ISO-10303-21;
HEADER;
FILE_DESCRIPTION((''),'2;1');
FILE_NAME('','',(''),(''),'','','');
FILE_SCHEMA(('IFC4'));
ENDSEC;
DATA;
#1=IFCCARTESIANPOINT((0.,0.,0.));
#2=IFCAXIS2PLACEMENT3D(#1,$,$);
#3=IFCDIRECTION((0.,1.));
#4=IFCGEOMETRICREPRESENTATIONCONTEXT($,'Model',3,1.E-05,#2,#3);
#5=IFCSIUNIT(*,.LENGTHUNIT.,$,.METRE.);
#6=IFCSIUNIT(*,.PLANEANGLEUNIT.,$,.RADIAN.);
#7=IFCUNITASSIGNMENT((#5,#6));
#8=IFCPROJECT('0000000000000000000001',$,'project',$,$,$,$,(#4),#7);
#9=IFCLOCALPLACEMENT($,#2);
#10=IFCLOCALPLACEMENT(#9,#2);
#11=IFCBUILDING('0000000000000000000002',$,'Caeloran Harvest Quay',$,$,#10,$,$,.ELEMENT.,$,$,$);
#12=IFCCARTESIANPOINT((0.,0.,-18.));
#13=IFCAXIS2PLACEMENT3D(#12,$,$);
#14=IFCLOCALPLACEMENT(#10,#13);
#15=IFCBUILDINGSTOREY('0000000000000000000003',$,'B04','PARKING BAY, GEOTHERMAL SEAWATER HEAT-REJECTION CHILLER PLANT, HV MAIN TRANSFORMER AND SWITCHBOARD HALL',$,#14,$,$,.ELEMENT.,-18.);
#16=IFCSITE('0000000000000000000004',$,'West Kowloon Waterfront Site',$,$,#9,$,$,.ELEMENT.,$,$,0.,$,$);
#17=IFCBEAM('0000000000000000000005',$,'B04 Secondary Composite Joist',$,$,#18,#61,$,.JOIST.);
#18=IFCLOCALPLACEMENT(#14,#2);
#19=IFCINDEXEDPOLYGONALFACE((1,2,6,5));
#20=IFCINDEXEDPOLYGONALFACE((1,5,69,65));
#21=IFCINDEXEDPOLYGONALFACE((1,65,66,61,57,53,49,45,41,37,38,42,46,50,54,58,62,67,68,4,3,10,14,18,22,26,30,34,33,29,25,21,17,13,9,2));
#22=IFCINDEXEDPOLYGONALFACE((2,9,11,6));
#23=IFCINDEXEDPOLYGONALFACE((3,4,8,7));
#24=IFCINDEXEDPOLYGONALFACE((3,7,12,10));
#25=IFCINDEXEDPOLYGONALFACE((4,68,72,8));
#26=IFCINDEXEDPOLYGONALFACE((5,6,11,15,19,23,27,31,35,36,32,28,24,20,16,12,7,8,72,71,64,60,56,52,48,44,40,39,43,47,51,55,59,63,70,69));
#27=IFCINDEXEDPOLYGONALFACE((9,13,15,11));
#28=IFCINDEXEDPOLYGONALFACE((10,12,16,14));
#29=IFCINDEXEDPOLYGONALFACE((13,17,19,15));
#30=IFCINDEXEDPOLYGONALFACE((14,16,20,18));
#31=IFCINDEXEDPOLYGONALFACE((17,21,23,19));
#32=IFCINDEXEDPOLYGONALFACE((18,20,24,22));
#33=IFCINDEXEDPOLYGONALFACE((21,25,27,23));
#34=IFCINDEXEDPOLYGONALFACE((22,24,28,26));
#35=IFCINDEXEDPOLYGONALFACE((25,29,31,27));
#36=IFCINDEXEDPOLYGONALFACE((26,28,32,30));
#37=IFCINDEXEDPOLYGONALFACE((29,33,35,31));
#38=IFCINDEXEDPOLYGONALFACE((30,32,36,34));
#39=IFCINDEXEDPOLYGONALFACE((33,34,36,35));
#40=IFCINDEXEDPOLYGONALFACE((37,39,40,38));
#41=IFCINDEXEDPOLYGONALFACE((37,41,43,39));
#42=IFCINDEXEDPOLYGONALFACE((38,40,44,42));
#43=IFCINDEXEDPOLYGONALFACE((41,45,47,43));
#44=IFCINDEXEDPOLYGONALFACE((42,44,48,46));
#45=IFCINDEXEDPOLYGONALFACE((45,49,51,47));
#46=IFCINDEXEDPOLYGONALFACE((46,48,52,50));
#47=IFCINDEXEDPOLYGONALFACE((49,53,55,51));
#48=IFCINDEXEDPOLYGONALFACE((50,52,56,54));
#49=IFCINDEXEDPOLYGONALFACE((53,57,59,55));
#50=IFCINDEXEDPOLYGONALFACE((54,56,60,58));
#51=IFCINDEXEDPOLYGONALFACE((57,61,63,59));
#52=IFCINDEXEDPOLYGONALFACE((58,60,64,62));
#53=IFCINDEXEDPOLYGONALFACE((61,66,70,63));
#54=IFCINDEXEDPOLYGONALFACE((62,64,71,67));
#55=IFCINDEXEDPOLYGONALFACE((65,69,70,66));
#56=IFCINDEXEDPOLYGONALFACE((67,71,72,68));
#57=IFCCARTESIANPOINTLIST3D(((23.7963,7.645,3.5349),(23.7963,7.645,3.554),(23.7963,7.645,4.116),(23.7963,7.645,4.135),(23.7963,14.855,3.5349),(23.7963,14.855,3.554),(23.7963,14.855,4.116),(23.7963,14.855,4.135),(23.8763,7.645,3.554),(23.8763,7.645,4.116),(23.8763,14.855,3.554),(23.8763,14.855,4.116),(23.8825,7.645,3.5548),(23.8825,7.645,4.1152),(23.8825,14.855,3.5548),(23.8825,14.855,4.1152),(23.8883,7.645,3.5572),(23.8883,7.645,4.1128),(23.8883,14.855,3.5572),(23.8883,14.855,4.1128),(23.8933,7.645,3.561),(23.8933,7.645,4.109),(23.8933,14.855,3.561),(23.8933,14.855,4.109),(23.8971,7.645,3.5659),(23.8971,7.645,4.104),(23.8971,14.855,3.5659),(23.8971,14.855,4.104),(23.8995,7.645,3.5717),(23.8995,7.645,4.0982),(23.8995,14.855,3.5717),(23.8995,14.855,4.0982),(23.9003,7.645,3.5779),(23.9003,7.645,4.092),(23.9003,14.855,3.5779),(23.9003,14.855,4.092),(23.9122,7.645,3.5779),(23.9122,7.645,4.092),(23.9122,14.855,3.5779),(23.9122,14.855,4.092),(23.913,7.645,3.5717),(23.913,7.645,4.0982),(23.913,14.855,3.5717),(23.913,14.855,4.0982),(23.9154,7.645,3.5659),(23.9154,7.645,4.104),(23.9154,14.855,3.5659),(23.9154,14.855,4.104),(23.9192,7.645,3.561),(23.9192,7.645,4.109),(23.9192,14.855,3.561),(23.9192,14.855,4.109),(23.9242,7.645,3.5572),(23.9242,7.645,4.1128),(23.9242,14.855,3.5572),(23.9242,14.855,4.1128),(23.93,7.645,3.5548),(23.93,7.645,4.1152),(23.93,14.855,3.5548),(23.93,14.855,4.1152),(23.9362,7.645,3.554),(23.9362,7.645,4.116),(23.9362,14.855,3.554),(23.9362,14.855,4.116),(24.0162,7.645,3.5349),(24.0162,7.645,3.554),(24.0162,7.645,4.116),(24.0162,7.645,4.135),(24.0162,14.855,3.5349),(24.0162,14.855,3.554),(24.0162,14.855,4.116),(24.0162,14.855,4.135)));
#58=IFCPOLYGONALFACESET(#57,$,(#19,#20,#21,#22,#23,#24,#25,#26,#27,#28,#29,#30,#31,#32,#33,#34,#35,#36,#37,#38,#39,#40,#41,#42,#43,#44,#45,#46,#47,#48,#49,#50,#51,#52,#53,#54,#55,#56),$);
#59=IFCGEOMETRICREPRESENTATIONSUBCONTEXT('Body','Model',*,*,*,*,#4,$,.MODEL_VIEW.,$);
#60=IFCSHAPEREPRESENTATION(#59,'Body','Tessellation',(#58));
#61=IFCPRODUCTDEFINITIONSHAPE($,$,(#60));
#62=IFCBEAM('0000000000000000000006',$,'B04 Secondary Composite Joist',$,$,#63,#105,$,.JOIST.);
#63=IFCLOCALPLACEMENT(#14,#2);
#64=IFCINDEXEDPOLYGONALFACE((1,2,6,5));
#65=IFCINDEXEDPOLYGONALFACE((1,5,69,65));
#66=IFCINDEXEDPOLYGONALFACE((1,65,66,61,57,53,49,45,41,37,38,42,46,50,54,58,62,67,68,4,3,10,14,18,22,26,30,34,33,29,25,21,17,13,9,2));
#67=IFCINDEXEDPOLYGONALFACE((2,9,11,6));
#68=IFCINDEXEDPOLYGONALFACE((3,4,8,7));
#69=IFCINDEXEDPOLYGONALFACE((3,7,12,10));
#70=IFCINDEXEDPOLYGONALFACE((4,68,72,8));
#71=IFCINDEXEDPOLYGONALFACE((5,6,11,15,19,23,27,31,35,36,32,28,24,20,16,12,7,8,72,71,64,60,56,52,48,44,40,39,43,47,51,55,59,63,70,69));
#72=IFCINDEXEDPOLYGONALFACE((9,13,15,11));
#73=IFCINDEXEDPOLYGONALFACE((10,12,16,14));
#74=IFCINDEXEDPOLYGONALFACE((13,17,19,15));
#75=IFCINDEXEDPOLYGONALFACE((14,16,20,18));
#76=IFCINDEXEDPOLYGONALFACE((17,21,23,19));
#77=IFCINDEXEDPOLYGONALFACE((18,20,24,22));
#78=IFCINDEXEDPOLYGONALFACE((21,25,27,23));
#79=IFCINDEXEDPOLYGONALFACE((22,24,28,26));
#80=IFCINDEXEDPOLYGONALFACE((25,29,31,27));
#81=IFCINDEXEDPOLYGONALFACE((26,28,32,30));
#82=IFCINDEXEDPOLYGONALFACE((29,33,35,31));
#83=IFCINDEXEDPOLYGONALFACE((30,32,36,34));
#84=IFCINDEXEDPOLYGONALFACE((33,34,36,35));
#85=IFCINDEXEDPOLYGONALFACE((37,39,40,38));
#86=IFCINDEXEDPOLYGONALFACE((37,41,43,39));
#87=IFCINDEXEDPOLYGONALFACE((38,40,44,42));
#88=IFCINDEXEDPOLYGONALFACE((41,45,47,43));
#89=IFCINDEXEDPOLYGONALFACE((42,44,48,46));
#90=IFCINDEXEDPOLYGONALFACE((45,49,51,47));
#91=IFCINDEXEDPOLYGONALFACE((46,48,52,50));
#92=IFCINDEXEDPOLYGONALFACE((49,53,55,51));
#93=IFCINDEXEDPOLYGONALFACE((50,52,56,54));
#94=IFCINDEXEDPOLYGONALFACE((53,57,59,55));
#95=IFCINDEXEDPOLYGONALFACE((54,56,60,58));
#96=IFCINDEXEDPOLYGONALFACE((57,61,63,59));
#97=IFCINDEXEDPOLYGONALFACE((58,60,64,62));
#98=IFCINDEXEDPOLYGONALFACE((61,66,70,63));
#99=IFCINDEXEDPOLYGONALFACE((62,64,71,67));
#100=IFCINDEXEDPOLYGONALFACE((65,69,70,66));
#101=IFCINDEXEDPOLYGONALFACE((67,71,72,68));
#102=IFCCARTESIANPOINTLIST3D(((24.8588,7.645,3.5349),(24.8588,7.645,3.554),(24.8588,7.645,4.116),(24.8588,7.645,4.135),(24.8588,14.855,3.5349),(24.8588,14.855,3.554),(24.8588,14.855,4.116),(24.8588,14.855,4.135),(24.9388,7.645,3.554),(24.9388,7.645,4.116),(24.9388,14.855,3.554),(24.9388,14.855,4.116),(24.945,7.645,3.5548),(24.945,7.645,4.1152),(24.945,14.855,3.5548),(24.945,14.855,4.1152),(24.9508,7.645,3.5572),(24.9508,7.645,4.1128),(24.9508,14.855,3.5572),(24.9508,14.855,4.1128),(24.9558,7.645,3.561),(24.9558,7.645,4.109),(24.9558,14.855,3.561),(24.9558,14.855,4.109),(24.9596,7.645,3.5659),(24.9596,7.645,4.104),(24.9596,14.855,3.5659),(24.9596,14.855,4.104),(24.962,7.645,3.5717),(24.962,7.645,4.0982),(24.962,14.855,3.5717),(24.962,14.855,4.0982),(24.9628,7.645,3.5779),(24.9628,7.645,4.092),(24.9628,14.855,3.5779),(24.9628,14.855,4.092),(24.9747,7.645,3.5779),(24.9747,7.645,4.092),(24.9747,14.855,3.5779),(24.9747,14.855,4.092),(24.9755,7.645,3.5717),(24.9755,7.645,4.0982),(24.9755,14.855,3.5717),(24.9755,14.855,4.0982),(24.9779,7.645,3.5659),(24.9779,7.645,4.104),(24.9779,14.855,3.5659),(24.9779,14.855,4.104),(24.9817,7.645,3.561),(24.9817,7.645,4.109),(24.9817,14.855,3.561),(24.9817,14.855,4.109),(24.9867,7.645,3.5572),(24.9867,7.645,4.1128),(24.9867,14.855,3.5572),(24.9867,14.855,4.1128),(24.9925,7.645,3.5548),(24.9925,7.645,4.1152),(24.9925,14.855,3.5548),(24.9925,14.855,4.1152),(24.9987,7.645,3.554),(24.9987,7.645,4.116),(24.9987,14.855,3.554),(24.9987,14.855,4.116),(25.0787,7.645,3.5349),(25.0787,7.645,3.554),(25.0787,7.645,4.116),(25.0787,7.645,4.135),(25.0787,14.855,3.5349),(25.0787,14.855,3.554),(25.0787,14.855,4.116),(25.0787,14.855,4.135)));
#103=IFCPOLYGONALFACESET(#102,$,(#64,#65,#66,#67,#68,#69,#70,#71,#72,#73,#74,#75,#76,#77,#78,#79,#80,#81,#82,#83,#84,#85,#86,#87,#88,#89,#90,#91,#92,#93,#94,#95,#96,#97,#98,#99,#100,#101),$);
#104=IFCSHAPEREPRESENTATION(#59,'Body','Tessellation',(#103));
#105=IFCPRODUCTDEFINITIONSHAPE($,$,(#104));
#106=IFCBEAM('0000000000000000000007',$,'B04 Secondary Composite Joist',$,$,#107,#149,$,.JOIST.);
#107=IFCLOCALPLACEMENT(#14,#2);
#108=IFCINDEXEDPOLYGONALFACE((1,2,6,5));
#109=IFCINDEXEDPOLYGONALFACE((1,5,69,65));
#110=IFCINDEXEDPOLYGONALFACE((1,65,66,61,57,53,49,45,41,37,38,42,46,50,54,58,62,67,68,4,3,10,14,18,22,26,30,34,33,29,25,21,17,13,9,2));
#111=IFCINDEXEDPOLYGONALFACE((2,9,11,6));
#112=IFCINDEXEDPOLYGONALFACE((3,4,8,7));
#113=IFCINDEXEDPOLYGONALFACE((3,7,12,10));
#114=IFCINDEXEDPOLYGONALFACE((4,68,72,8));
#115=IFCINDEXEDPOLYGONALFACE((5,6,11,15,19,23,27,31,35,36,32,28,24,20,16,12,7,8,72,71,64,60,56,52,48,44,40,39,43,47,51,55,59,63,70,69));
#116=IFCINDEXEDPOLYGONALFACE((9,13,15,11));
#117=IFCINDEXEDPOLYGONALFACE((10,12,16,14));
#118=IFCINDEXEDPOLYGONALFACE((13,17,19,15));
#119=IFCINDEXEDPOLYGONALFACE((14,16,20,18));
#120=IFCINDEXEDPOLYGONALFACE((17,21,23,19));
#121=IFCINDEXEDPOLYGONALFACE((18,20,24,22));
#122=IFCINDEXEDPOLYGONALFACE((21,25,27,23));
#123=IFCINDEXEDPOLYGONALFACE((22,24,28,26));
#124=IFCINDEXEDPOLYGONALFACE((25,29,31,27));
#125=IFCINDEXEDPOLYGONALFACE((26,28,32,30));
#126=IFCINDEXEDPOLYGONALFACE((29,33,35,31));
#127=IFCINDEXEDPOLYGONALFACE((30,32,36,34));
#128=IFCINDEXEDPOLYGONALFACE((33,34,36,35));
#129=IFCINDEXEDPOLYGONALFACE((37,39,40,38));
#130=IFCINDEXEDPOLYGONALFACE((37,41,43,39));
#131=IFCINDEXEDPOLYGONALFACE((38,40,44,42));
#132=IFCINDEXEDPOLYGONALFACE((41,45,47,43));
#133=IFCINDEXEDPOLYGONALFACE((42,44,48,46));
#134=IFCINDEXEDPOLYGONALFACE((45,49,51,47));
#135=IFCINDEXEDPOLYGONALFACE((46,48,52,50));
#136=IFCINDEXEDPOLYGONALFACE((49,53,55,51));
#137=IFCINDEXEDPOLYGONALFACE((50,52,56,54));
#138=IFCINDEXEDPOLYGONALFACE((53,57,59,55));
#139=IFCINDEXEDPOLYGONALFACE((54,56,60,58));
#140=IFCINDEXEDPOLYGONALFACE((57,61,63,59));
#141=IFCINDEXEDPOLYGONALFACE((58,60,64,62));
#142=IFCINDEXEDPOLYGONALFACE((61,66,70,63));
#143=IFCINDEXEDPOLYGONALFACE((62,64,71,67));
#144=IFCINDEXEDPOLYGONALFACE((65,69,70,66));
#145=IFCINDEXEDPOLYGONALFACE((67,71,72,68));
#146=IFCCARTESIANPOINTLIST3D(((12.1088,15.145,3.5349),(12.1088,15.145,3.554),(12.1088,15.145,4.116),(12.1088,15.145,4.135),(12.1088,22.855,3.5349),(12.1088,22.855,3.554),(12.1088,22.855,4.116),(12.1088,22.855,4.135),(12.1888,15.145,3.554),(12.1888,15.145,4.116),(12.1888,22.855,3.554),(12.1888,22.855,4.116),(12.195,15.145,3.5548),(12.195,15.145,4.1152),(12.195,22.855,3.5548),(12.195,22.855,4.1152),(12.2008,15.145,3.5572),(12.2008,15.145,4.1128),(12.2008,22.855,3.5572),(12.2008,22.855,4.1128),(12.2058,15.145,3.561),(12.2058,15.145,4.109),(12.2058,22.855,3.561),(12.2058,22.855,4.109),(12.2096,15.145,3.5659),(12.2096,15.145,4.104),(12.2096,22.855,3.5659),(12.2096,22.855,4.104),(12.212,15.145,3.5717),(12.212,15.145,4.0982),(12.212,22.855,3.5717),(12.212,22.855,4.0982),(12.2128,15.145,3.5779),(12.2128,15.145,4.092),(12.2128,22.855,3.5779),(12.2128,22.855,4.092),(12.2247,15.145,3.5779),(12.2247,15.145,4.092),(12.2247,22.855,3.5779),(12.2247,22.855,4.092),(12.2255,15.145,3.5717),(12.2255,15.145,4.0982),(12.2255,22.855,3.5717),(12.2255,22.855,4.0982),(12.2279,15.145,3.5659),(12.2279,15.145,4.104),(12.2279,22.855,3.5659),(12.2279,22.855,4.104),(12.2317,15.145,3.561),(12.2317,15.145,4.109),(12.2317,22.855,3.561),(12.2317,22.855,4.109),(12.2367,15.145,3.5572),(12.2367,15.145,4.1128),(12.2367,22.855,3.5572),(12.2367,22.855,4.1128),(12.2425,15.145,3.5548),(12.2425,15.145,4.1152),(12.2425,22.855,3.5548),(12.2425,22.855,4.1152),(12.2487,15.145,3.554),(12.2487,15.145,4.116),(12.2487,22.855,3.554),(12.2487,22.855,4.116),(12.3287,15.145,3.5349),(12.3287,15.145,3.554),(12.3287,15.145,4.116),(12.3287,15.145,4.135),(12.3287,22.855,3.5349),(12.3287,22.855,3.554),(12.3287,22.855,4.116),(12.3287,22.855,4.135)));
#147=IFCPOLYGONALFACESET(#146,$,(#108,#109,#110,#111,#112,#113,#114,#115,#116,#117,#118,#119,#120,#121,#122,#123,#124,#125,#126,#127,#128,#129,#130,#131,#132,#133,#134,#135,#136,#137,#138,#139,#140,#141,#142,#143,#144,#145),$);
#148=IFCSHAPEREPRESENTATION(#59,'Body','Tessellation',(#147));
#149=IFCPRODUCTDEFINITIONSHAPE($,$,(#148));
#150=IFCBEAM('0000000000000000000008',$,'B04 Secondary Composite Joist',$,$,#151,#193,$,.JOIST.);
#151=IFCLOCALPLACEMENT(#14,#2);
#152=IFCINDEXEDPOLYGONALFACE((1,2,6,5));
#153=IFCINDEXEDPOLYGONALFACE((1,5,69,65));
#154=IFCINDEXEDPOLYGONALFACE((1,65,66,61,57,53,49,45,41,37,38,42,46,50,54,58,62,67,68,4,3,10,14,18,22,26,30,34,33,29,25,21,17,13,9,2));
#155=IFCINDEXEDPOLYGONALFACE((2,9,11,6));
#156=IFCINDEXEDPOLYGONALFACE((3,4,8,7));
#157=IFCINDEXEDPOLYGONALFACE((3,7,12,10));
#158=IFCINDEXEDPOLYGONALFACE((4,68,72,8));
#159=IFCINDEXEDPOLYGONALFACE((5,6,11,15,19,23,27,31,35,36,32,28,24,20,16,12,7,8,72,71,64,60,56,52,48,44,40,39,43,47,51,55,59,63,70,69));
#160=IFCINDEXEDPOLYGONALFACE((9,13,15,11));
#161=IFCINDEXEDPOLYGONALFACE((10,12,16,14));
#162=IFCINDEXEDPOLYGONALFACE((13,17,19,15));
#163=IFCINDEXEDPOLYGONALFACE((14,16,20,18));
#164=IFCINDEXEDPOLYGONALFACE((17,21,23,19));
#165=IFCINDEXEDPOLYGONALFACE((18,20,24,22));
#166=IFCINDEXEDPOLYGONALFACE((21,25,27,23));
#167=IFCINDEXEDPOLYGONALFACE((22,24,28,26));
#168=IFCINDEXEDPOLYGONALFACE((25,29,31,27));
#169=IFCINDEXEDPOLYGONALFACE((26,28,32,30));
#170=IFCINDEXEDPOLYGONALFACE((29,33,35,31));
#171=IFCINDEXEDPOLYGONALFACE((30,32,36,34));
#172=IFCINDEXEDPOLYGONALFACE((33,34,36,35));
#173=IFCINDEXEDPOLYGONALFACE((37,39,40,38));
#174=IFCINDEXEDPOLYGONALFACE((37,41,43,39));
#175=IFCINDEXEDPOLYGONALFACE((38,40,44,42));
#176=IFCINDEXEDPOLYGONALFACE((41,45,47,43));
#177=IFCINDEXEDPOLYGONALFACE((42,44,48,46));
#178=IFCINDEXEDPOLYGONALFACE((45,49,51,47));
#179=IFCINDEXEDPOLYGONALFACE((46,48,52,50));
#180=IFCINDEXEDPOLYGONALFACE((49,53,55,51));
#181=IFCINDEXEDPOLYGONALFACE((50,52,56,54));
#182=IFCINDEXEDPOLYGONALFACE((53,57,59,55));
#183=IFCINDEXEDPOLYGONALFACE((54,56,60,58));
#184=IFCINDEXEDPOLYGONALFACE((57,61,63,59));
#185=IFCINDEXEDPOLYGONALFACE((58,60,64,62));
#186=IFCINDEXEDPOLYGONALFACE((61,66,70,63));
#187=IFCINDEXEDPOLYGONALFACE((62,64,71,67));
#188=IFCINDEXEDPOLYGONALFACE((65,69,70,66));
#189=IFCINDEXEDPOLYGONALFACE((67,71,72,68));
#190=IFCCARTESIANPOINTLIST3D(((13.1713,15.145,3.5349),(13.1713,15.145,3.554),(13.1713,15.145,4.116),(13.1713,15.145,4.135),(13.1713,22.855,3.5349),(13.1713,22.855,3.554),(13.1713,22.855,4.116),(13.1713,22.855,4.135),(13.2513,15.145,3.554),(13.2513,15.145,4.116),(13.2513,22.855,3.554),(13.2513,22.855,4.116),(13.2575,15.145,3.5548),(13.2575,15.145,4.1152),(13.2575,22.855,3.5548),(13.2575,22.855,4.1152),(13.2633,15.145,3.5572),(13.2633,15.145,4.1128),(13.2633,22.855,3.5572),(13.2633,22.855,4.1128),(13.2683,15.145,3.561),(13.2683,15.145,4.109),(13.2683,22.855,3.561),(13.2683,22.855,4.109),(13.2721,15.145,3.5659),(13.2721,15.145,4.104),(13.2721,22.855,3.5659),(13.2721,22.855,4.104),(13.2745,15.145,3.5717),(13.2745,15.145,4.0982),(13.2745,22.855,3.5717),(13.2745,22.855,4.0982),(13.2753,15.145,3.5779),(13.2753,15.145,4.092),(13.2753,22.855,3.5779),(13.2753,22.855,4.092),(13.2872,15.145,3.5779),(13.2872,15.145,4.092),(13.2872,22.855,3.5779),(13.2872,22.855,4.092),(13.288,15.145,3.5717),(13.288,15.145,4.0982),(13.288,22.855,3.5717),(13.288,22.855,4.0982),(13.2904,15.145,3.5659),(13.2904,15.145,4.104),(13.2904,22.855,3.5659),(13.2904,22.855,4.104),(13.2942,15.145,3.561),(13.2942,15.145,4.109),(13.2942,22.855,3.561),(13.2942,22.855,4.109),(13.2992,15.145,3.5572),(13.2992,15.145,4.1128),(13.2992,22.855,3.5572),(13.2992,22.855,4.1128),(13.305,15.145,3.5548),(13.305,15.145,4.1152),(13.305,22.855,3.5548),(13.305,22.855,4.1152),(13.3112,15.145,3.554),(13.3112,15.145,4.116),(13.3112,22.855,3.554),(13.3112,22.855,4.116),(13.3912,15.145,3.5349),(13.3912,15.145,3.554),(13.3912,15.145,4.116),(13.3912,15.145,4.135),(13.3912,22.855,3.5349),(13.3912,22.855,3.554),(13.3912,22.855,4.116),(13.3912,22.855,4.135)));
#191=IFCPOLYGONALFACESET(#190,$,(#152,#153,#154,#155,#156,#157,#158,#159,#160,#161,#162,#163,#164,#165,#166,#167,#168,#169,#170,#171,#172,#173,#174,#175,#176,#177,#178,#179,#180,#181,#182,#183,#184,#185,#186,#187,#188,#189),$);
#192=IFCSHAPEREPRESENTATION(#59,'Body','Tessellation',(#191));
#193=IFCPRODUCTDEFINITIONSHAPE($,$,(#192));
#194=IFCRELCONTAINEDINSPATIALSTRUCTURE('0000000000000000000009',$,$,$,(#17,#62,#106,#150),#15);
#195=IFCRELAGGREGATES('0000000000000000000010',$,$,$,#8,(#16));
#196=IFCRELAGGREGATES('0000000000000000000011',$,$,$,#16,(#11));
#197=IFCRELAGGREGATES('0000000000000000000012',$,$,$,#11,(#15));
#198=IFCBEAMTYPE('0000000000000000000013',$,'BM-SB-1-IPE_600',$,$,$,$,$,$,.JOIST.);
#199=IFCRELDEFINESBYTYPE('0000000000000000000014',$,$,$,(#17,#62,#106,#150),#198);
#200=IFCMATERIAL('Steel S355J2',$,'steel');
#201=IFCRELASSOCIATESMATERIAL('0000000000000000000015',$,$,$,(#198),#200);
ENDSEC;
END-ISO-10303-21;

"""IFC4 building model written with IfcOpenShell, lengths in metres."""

from ifc_helpers import new_model, si_unit, direction, frame, origin, origin_2d, place, context, subcontext, project, spatial, i_section, extrude, material, material_profile, profile_set, type_object, element, save


model = new_model("IFC4")

# Units and contexts
model_context = context("Model", 3, precision=1e-05, world=origin(), true_north=direction((0.0, 1.0)))
body_context = subcontext(model_context, "Body", "Model", "MODEL_VIEW")
ifc_project = project(units=[si_unit("LENGTHUNIT", "METRE"), si_unit("PLANEANGLEUNIT", "RADIAN")], contexts=[model_context])

# Site, building, storey
site_placement = place(None, origin())
site = spatial("IfcSite", under=ifc_project, at=site_placement, Name="West Kowloon Waterfront Site", CompositionType="ELEMENT", RefElevation=0.0)
building_placement = place(site_placement, origin())
building = spatial("IfcBuilding", under=site, at=building_placement, Name="Caeloran Harvest Quay", CompositionType="ELEMENT")
storey_placement = place(building_placement, frame((0.0, 0.0, -18.0)))
storey = spatial("IfcBuildingStorey", under=building, at=storey_placement, Name="B04", Description="PARKING BAY, GEOTHERMAL SEAWATER HEAT-REJECTION CHILLER PLANT, HV MAIN TRANSFORMER AND SWITCHBOARD HALL", CompositionType="ELEMENT", Elevation=-18.0)

# Beams
ifc_material_1 = material(Name="Steel S355J2", Category="steel")
ifc_material_profile_1 = material_profile(ifc_material_1, i_section(OverallWidth=0.22, OverallDepth=0.6001, WebThickness=0.012, FlangeThickness=0.019, FilletRadius=0.0239, at=origin_2d()), Name="IPE 600")
ifc_profile_set_1 = profile_set([ifc_material_profile_1], Name="Steel S355J2")
beam_type_1 = type_object("IfcBeamType", Name="BM-SB-1-IPE_600", PredefinedType="JOIST", material=ifc_profile_set_1)
for number, where, z_axis, x_axis, name in (
    (1, (23.9062, 7.645, 3.835), (0.0, 1.0, 0.0), (-1.0, 0.0, 0.0), "B04 Secondary Composite Joist"),
    (2, (24.9688, 7.645, 3.835), (0.0, 1.0, 0.0), (-1.0, 0.0, 0.0), "B04 Secondary Composite Joist"),
):
    element("IfcBeam", number, at=place(storey_placement, frame(where, z_axis=z_axis, x_axis=x_axis)), inside=storey, type_object=beam_type_1, Name=name, PredefinedType="JOIST", context=body_context, shape_type="SweptSolid", body=[
        extrude(i_section(OverallWidth=0.22, OverallDepth=0.6001, WebThickness=0.012, FlangeThickness=0.019, FilletRadius=0.0239, at=origin_2d()), origin(), (0.0, 0.0, 1.0), 7.21),
    ])
for number, where, z_axis, x_axis, name in (
    (3, (12.2188, 15.145, 3.835), (0.0, 1.0, 0.0), (-1.0, 0.0, 0.0), "B04 Secondary Composite Joist"),
    (4, (13.2812, 15.145, 3.835), (0.0, 1.0, 0.0), (-1.0, 0.0, 0.0), "B04 Secondary Composite Joist"),
):
    element("IfcBeam", number, at=place(storey_placement, frame(where, z_axis=z_axis, x_axis=x_axis)), inside=storey, type_object=beam_type_1, Name=name, PredefinedType="JOIST", context=body_context, shape_type="SweptSolid", body=[
        extrude(i_section(OverallWidth=0.22, OverallDepth=0.6001, WebThickness=0.012, FlangeThickness=0.019, FilletRadius=0.0239, at=origin_2d()), origin(), (0.0, 0.0, 1.0), 7.71),
    ])

save(model, "model.ifc")
